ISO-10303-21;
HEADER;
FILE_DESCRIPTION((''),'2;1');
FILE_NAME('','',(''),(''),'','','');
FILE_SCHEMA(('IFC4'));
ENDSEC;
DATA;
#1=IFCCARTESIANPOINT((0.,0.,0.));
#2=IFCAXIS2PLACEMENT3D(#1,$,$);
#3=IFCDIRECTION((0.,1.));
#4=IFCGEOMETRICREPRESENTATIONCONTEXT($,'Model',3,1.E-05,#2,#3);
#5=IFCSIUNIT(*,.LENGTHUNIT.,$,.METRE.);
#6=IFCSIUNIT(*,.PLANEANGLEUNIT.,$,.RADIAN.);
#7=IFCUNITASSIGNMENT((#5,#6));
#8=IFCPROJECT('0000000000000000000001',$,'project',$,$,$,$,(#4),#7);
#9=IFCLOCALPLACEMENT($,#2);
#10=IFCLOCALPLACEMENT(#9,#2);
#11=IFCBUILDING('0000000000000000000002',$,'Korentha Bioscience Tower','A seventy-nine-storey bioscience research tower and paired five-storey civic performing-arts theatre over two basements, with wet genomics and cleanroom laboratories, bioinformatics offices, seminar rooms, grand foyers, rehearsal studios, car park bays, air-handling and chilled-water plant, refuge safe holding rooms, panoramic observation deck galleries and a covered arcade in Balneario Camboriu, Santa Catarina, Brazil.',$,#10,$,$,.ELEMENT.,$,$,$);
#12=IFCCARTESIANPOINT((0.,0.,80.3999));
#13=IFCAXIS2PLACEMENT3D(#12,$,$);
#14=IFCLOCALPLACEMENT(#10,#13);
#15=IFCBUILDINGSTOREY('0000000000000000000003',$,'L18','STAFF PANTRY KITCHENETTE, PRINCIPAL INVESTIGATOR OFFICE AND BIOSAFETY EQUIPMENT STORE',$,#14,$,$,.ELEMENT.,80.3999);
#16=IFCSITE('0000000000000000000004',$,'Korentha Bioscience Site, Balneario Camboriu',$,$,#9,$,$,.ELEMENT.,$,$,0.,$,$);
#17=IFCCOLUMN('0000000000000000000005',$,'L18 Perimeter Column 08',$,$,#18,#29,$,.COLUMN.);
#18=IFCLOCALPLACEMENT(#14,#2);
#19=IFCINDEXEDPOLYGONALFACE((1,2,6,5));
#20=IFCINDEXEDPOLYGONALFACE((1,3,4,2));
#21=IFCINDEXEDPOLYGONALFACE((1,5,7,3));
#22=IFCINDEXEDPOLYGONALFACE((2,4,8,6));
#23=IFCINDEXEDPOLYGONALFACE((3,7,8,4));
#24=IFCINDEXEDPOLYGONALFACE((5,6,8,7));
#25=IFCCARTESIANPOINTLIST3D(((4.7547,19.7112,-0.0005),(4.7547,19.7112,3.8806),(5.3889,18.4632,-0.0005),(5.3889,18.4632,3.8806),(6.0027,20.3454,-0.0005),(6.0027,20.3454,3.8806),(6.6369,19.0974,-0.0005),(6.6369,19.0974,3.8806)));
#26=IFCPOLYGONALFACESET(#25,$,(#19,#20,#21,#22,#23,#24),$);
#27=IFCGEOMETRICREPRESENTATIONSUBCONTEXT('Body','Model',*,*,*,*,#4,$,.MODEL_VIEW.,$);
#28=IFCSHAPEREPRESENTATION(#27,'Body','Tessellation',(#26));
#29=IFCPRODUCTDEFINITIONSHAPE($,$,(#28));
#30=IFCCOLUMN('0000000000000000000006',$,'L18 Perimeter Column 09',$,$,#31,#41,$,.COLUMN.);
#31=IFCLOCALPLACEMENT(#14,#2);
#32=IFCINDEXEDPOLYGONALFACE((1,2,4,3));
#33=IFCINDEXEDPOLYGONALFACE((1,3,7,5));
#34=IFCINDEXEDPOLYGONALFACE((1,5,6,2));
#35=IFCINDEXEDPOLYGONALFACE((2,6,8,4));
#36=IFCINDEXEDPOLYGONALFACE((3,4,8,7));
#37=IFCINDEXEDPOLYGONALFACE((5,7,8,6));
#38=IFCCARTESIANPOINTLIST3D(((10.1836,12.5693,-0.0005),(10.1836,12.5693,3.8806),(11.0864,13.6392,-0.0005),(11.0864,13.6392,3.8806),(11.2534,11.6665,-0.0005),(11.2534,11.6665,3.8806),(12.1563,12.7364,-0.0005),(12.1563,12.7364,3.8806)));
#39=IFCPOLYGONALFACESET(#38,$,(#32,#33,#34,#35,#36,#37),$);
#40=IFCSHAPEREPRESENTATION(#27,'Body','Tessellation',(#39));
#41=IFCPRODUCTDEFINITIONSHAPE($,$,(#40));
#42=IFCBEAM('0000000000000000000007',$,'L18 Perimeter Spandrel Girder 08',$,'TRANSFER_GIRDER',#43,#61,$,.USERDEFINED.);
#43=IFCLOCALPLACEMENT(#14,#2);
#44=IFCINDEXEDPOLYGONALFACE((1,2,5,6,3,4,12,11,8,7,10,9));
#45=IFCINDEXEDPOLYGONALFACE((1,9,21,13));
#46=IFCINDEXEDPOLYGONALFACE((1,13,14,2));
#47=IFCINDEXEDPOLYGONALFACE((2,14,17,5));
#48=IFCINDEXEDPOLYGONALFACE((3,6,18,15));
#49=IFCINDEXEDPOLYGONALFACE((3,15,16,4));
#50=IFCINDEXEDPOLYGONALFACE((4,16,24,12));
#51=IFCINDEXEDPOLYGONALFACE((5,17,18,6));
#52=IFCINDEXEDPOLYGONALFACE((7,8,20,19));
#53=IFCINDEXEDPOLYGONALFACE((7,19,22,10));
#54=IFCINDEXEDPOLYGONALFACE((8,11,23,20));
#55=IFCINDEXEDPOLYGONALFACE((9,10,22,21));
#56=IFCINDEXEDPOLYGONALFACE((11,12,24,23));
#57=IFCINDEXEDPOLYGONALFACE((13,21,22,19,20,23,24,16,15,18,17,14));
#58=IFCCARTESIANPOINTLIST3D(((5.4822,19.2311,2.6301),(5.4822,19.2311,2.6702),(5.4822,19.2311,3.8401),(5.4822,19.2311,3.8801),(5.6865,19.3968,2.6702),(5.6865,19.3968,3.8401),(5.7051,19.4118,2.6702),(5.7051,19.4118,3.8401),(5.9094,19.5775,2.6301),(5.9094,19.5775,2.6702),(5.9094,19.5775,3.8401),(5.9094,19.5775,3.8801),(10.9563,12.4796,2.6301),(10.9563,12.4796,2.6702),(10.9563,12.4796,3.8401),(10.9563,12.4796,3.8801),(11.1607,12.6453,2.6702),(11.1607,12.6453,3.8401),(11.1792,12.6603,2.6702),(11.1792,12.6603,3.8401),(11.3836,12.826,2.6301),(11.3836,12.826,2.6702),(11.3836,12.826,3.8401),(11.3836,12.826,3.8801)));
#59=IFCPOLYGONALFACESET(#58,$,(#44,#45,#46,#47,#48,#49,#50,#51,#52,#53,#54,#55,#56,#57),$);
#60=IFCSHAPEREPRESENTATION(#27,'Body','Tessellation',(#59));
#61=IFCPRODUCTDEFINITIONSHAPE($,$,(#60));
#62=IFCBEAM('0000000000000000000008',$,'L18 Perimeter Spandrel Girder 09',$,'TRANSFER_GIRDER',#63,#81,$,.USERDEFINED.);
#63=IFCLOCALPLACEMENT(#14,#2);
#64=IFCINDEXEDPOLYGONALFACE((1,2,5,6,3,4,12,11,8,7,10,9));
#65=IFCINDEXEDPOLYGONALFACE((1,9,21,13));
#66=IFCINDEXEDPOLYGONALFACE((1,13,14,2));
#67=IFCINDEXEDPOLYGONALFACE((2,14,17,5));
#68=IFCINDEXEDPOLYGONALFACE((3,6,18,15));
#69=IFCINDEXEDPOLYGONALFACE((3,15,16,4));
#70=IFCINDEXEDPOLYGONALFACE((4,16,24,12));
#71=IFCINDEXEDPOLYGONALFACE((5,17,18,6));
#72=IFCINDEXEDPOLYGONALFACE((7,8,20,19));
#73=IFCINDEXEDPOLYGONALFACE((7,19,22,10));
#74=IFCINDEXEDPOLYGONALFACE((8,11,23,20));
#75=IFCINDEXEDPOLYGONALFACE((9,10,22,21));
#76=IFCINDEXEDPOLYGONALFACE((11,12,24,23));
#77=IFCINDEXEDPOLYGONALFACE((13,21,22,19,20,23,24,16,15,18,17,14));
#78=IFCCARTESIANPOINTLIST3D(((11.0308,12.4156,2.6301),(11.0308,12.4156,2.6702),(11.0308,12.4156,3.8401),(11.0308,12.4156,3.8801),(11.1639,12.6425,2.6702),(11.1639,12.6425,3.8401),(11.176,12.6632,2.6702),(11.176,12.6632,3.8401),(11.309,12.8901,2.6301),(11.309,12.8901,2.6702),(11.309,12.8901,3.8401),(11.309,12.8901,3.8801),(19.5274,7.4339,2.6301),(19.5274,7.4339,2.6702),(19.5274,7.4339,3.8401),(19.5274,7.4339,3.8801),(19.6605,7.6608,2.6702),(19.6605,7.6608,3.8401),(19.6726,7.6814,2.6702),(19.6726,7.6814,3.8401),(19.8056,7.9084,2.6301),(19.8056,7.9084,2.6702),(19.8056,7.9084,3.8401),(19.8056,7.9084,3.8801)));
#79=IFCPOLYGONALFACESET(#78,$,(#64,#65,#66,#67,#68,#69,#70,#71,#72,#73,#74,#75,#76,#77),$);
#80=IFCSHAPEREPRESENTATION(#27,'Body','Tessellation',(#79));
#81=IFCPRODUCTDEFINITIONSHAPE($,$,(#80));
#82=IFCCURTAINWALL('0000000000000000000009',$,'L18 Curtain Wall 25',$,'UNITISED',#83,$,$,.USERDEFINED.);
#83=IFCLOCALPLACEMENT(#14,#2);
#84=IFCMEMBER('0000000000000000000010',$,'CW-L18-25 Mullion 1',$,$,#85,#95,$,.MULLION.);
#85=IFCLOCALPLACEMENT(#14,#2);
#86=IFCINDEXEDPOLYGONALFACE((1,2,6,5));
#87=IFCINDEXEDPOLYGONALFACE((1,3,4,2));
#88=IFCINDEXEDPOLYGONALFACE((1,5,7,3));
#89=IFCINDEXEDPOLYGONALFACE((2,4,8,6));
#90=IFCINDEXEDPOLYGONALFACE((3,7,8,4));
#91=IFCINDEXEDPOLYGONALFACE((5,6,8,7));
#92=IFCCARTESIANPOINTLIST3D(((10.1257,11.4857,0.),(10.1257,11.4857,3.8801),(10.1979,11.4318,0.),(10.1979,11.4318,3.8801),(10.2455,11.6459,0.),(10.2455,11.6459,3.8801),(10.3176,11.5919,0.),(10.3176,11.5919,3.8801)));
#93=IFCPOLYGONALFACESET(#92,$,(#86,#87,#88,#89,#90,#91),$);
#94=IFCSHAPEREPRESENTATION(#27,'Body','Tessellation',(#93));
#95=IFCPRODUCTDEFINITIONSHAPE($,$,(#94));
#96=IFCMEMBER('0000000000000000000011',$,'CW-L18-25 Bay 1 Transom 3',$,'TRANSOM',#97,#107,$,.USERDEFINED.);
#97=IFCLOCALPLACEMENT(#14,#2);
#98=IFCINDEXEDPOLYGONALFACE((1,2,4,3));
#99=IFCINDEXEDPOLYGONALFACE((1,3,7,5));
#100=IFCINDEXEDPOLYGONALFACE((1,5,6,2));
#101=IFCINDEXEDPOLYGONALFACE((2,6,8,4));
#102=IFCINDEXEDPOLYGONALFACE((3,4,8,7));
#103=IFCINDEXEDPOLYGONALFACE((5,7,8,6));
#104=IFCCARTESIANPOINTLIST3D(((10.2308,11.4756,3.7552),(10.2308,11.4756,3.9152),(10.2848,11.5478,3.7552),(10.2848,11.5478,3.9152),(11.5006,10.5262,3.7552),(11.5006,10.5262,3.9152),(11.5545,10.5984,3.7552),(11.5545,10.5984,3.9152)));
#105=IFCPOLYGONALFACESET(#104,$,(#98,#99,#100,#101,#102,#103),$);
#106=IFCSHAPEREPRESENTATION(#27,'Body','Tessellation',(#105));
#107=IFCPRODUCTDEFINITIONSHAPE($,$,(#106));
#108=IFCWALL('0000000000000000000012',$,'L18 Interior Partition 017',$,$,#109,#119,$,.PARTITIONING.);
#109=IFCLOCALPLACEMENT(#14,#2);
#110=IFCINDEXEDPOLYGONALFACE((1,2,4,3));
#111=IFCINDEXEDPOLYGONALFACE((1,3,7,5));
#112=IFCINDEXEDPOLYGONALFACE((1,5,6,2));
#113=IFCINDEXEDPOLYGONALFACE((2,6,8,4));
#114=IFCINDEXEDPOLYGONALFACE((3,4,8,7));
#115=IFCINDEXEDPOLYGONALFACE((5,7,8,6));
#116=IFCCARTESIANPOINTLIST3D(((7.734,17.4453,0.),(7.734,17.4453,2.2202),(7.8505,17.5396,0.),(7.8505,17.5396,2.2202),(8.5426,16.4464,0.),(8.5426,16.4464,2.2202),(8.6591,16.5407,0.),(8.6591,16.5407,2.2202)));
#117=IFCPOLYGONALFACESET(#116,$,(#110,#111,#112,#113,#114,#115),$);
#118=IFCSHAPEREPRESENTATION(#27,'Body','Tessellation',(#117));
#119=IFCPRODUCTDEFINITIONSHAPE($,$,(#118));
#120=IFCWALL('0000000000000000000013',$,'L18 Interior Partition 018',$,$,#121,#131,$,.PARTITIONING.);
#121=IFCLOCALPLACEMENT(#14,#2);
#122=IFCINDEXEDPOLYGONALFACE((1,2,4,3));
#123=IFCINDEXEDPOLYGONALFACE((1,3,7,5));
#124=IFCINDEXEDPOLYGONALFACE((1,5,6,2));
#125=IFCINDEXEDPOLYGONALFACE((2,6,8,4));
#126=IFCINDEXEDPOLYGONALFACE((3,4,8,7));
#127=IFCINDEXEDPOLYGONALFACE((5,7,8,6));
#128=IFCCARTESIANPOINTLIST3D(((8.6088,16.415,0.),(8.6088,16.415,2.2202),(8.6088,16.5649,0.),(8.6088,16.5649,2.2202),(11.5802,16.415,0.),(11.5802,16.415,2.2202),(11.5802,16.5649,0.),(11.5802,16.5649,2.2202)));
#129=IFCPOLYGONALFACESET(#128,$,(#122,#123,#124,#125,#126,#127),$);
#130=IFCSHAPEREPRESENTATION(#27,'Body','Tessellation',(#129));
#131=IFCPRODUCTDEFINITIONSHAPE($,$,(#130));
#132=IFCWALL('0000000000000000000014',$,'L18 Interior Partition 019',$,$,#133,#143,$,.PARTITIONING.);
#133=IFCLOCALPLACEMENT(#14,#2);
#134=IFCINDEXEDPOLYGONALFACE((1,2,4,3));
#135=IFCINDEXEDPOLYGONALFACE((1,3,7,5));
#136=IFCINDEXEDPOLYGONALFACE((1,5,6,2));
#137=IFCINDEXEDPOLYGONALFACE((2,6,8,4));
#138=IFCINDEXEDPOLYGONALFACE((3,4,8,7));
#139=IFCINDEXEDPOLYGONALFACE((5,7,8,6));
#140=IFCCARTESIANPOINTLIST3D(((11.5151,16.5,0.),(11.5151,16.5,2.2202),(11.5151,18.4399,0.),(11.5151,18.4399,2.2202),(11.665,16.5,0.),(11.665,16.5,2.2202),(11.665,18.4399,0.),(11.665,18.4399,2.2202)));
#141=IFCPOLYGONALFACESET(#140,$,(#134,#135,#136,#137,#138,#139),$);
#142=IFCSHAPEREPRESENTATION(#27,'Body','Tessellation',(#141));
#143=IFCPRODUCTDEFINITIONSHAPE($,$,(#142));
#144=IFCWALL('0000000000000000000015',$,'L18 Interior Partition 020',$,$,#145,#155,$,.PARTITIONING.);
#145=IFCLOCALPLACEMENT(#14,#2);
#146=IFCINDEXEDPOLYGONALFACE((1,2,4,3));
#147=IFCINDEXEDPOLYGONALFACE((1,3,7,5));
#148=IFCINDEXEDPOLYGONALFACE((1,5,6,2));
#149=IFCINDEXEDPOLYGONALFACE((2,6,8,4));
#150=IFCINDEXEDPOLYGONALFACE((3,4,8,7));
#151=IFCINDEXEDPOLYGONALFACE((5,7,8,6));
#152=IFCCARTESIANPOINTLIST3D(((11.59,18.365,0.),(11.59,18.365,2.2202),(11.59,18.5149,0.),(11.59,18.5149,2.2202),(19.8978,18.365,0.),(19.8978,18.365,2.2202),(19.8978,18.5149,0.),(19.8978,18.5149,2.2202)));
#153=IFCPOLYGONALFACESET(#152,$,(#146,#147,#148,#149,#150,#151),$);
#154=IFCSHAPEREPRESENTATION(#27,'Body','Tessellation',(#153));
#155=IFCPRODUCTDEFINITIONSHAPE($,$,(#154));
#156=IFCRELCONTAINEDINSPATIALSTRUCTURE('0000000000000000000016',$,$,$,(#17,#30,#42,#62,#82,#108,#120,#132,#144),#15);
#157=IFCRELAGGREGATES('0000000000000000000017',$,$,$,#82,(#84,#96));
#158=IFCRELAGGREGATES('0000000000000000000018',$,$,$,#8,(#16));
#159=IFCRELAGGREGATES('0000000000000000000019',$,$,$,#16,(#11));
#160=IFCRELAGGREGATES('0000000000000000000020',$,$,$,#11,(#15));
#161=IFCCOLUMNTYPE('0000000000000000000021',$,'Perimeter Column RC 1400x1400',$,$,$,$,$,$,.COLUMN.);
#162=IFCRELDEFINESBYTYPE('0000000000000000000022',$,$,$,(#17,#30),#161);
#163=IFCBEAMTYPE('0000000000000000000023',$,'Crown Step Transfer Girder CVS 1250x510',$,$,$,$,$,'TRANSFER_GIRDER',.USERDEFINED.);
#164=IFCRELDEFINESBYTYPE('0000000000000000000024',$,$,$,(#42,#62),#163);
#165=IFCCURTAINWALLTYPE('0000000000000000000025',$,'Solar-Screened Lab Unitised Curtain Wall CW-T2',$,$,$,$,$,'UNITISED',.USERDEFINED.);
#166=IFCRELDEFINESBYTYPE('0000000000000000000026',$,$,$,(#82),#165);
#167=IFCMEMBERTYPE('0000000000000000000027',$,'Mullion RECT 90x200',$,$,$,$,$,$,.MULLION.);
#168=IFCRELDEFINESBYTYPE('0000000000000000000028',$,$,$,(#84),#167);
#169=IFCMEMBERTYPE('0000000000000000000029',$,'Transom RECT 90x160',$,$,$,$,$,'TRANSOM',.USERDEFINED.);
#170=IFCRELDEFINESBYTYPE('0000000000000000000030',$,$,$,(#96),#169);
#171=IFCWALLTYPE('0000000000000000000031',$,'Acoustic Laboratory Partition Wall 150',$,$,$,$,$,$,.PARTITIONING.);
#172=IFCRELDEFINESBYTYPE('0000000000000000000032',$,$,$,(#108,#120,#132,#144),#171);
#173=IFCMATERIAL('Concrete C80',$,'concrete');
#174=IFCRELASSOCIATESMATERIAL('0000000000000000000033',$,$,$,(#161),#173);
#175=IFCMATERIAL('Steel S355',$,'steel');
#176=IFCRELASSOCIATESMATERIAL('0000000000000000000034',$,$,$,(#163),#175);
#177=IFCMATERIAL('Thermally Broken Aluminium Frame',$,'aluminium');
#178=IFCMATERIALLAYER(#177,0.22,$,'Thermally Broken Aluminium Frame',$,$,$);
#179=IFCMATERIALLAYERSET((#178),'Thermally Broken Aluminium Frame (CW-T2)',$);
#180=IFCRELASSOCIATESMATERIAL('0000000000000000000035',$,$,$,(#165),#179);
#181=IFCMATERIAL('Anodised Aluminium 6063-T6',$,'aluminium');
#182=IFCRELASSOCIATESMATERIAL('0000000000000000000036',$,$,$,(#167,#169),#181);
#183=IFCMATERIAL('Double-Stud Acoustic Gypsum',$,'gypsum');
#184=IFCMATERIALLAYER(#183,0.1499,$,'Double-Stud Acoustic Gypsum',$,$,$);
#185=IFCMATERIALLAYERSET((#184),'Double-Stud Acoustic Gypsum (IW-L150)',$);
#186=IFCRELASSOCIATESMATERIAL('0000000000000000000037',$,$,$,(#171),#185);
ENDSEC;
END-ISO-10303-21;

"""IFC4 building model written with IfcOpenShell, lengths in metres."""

from ifc_helpers import new_model, si_unit, direction, frame, frame_2d, origin, origin_2d, place, context, subcontext, project, spatial, rectangle, i_section, extrude, material, layer, layer_set, material_profile, profile_set, type_object, element, aggregate, save


model = new_model("IFC4")

# Units and contexts
model_context = context("Model", 3, precision=1e-05, world=origin(), true_north=direction((0.0, 1.0)))
body_context = subcontext(model_context, "Body", "Model", "MODEL_VIEW")
ifc_project = project(units=[si_unit("LENGTHUNIT", "METRE"), si_unit("PLANEANGLEUNIT", "RADIAN")], contexts=[model_context])

# Site, building, storey
site_placement = place(None, origin())
site = spatial("IfcSite", under=ifc_project, at=site_placement, Name="Korentha Bioscience Site, Balneario Camboriu", CompositionType="ELEMENT", RefElevation=0.0)
building_placement = place(site_placement, origin())
building = spatial("IfcBuilding", under=site, at=building_placement, Name="Korentha Bioscience Tower", Description="A seventy-nine-storey bioscience research tower and paired five-storey civic performing-arts theatre over two basements, with wet genomics and cleanroom laboratories, bioinformatics offices, seminar rooms, grand foyers, rehearsal studios, car park bays, air-handling and chilled-water plant, refuge safe holding rooms, panoramic observation deck galleries and a covered arcade in Balneario Camboriu, Santa Catarina, Brazil.", CompositionType="ELEMENT")
storey_placement = place(building_placement, frame((0.0, 0.0, 80.3999)))
storey = spatial("IfcBuildingStorey", under=building, at=storey_placement, Name="L18", Description="STAFF PANTRY KITCHENETTE, PRINCIPAL INVESTIGATOR OFFICE AND BIOSAFETY EQUIPMENT STORE", CompositionType="ELEMENT", Elevation=80.3999)

# Columns
ifc_material_1 = material(Name="Concrete C80", Category="concrete")
ifc_material_profile_1 = material_profile(ifc_material_1, rectangle(XDim=1.3999, YDim=1.3999, at=origin_2d()), Name="Concrete C80")
ifc_profile_set_1 = profile_set([ifc_material_profile_1], Name="Concrete C80 (COL-P14)")
column_type = type_object("IfcColumnType", Name="Perimeter Column RC 1400x1400", PredefinedType="COLUMN", material=ifc_profile_set_1)
for number, where, z_axis, x_axis, name in (
    (1, (5.6958, 19.4043, -0.0005), (0.0, 0.0, 1.0), (-0.453057, 0.891481, 0.0), "L18 Perimeter Column 08"),
    (2, (11.1699, 12.6528, -0.0005), (0.0, 0.0, 1.0), (-0.764246, 0.644924, 0.0), "L18 Perimeter Column 09"),
):
    element("IfcColumn", number, at=place(storey_placement, frame(where, z_axis=z_axis, x_axis=x_axis)), inside=storey, type_object=column_type, Name=name, PredefinedType="COLUMN", context=body_context, shape_type="SweptSolid", body=[
        extrude(rectangle(XDim=1.3999, YDim=1.3999, at=origin_2d()), origin(), (0.0, 0.0, 1.0), 3.8811),
    ])

# Beams
ifc_material_2 = material(Name="Steel S355", Category="steel")
ifc_material_profile_2 = material_profile(ifc_material_2, i_section(OverallWidth=0.55, OverallDepth=1.25, WebThickness=0.0239, FlangeThickness=0.04, at=origin_2d()), Name="Steel S355")
ifc_profile_set_2 = profile_set([ifc_material_profile_2], Name="Steel S355 (TG-03)")
beam_type = type_object("IfcBeamType", Name="Crown Step Transfer Girder CVS 1250x510", ElementType="TRANSFER_GIRDER", PredefinedType="USERDEFINED", material=ifc_profile_set_2)
beam_1_placement = place(storey_placement, frame((5.6958, 19.4043, 3.2551), z_axis=(0.629799, -0.776758, 0.0), x_axis=(0.776758, 0.629799, 0.0)))
element("IfcBeam", 3, at=beam_1_placement, inside=storey, type_object=beam_type, Name="L18 Perimeter Spandrel Girder 08", ObjectType="TRANSFER_GIRDER", PredefinedType="USERDEFINED", context=body_context, shape_type="SweptSolid", body=[
    extrude(i_section(OverallWidth=0.55, OverallDepth=1.25, WebThickness=0.0239, FlangeThickness=0.04, at=origin_2d()), origin(), (0.0, 0.0, 1.0), 8.6919),
])
beam_2_placement = place(storey_placement, frame((11.1699, 12.6528, 3.2551), z_axis=(0.862657, -0.50579, 0.0), x_axis=(0.50579, 0.862657, 0.0)))
element("IfcBeam", 4, at=beam_2_placement, inside=storey, type_object=beam_type, Name="L18 Perimeter Spandrel Girder 09", ObjectType="TRANSFER_GIRDER", PredefinedType="USERDEFINED", context=body_context, shape_type="SweptSolid", body=[
    extrude(i_section(OverallWidth=0.55, OverallDepth=1.25, WebThickness=0.0239, FlangeThickness=0.04, at=origin_2d()), origin(), (0.0, 0.0, 1.0), 9.8494),
])

# Curtain wall, members
ifc_material_3 = material(Name="Thermally Broken Aluminium Frame", Category="aluminium")
ifc_layer_1 = layer(ifc_material_3, 0.22, Name="Thermally Broken Aluminium Frame")
ifc_layer_set_1 = layer_set([ifc_layer_1], Name="Thermally Broken Aluminium Frame (CW-T2)")
curtain_wall_type = type_object("IfcCurtainWallType", Name="Solar-Screened Lab Unitised Curtain Wall CW-T2", ElementType="UNITISED", PredefinedType="USERDEFINED", material=ifc_layer_set_1)
curtain_wall_placement = place(storey_placement, origin())
curtain_wall = element("IfcCurtainWall", 5, at=curtain_wall_placement, inside=storey, type_object=curtain_wall_type, Name="L18 Curtain Wall 25", ObjectType="UNITISED", PredefinedType="USERDEFINED")
ifc_material_4 = material(Name="Anodised Aluminium 6063-T6", Category="aluminium")
ifc_material_profile_3 = material_profile(ifc_material_4, rectangle(XDim=0.0901, YDim=0.2, at=origin_2d()), Name="Anodised Aluminium 6063-T6")
ifc_profile_set_3 = profile_set([ifc_material_profile_3], Name="Anodised Aluminium 6063-T6 (CW-MUL)")
member_type_1 = type_object("IfcMemberType", Name="Mullion RECT 90x200", PredefinedType="MULLION", material=ifc_profile_set_3)
member_1_placement = place(storey_placement, frame((10.2217, 11.5388, 0.0), z_axis=(0.0, 0.0, 1.0), x_axis=(0.800798, -0.598935, 0.0)))
member_1 = element("IfcMember", 6, at=member_1_placement, type_object=member_type_1, Name="CW-L18-25 Mullion 1", PredefinedType="MULLION", context=body_context, shape_type="SweptSolid", body=[
    extrude(rectangle(XDim=0.0901, YDim=0.2, at=origin_2d()), origin(), (0.0, 0.0, 1.0), 3.8801),
])
ifc_material_profile_4 = material_profile(ifc_material_4, rectangle(XDim=0.0901, YDim=0.1599, at=origin_2d()), Name="Anodised Aluminium 6063-T6")
ifc_profile_set_4 = profile_set([ifc_material_profile_4], Name="Anodised Aluminium 6063-T6 (CW-TRN)")
member_type_2 = type_object("IfcMemberType", Name="Transom RECT 90x160", ElementType="TRANSOM", PredefinedType="USERDEFINED", material=ifc_profile_set_4)
member_2_placement = place(storey_placement, frame((10.2578, 11.5117, 3.8352), z_axis=(0.800868, -0.598841, 0.0), x_axis=(0.598841, 0.800868, 0.0)))
member_2 = element("IfcMember", 7, at=member_2_placement, type_object=member_type_2, Name="CW-L18-25 Bay 1 Transom 3", ObjectType="TRANSOM", PredefinedType="USERDEFINED", context=body_context, shape_type="SweptSolid", body=[
    extrude(rectangle(XDim=0.0901, YDim=0.1599, at=origin_2d()), origin(), (0.0, 0.0, 1.0), 1.5854),
])
aggregate(curtain_wall, [member_1, member_2])

# Walls
ifc_material_5 = material(Name="Double-Stud Acoustic Gypsum", Category="gypsum")
ifc_layer_2 = layer(ifc_material_5, 0.1499, Name="Double-Stud Acoustic Gypsum")
ifc_layer_set_2 = layer_set([ifc_layer_2], Name="Double-Stud Acoustic Gypsum (IW-L150)")
wall_type_1 = type_object("IfcWallType", Name="Acoustic Laboratory Partition Wall 150", PredefinedType="PARTITIONING", material=ifc_layer_set_2)
wall_1_placement = place(storey_placement, frame((7.7922, 17.4924, 0.0), z_axis=(0.0, 0.0, 1.0), x_axis=(0.629226, -0.777223, 0.0)))
element("IfcWall", 8, at=wall_1_placement, inside=storey, type_object=wall_type_1, Name="L18 Interior Partition 017", PredefinedType="PARTITIONING", context=body_context, shape_type="SweptSolid", body=[
    extrude(rectangle(XDim=1.2852, YDim=0.1499, at=frame_2d((0.6426, 0.0))), origin(), (0.0, 0.0, 1.0), 2.2202),
])
wall_2_placement = place(storey_placement, frame((8.6086, 16.49, 0.0), z_axis=(0.0, 0.0, 1.0), x_axis=(1.0, 0.0, 0.0)))
element("IfcWall", 9, at=wall_2_placement, inside=storey, type_object=wall_type_1, Name="L18 Interior Partition 018", PredefinedType="PARTITIONING", context=body_context, shape_type="SweptSolid", body=[
    extrude(rectangle(XDim=2.9714, YDim=0.1499, at=frame_2d((1.4858, 0.0))), origin(), (0.0, 0.0, 1.0), 2.2202),
])
wall_3_placement = place(storey_placement, frame((11.5901, 16.5, 0.0), z_axis=(0.0, 0.0, 1.0), x_axis=(0.0, 1.0, 0.0)))
element("IfcWall", 10, at=wall_3_placement, inside=storey, type_object=wall_type_1, Name="L18 Interior Partition 019", PredefinedType="PARTITIONING", context=body_context, shape_type="SweptSolid", body=[
    extrude(rectangle(XDim=1.9399, YDim=0.1499, at=frame_2d((0.97, 0.0))), origin(), (0.0, 0.0, 1.0), 2.2202),
])
wall_4_placement = place(storey_placement, frame((11.5901, 18.4399, 0.0), z_axis=(0.0, 0.0, 1.0), x_axis=(1.0, 0.0, 0.0)))
element("IfcWall", 11, at=wall_4_placement, inside=storey, type_object=wall_type_1, Name="L18 Interior Partition 020", PredefinedType="PARTITIONING", context=body_context, shape_type="SweptSolid", body=[
    extrude(rectangle(XDim=8.3079, YDim=0.1499, at=frame_2d((4.1538, 0.0))), origin(), (0.0, 0.0, 1.0), 2.2202),
])

save(model, "model.ifc")
